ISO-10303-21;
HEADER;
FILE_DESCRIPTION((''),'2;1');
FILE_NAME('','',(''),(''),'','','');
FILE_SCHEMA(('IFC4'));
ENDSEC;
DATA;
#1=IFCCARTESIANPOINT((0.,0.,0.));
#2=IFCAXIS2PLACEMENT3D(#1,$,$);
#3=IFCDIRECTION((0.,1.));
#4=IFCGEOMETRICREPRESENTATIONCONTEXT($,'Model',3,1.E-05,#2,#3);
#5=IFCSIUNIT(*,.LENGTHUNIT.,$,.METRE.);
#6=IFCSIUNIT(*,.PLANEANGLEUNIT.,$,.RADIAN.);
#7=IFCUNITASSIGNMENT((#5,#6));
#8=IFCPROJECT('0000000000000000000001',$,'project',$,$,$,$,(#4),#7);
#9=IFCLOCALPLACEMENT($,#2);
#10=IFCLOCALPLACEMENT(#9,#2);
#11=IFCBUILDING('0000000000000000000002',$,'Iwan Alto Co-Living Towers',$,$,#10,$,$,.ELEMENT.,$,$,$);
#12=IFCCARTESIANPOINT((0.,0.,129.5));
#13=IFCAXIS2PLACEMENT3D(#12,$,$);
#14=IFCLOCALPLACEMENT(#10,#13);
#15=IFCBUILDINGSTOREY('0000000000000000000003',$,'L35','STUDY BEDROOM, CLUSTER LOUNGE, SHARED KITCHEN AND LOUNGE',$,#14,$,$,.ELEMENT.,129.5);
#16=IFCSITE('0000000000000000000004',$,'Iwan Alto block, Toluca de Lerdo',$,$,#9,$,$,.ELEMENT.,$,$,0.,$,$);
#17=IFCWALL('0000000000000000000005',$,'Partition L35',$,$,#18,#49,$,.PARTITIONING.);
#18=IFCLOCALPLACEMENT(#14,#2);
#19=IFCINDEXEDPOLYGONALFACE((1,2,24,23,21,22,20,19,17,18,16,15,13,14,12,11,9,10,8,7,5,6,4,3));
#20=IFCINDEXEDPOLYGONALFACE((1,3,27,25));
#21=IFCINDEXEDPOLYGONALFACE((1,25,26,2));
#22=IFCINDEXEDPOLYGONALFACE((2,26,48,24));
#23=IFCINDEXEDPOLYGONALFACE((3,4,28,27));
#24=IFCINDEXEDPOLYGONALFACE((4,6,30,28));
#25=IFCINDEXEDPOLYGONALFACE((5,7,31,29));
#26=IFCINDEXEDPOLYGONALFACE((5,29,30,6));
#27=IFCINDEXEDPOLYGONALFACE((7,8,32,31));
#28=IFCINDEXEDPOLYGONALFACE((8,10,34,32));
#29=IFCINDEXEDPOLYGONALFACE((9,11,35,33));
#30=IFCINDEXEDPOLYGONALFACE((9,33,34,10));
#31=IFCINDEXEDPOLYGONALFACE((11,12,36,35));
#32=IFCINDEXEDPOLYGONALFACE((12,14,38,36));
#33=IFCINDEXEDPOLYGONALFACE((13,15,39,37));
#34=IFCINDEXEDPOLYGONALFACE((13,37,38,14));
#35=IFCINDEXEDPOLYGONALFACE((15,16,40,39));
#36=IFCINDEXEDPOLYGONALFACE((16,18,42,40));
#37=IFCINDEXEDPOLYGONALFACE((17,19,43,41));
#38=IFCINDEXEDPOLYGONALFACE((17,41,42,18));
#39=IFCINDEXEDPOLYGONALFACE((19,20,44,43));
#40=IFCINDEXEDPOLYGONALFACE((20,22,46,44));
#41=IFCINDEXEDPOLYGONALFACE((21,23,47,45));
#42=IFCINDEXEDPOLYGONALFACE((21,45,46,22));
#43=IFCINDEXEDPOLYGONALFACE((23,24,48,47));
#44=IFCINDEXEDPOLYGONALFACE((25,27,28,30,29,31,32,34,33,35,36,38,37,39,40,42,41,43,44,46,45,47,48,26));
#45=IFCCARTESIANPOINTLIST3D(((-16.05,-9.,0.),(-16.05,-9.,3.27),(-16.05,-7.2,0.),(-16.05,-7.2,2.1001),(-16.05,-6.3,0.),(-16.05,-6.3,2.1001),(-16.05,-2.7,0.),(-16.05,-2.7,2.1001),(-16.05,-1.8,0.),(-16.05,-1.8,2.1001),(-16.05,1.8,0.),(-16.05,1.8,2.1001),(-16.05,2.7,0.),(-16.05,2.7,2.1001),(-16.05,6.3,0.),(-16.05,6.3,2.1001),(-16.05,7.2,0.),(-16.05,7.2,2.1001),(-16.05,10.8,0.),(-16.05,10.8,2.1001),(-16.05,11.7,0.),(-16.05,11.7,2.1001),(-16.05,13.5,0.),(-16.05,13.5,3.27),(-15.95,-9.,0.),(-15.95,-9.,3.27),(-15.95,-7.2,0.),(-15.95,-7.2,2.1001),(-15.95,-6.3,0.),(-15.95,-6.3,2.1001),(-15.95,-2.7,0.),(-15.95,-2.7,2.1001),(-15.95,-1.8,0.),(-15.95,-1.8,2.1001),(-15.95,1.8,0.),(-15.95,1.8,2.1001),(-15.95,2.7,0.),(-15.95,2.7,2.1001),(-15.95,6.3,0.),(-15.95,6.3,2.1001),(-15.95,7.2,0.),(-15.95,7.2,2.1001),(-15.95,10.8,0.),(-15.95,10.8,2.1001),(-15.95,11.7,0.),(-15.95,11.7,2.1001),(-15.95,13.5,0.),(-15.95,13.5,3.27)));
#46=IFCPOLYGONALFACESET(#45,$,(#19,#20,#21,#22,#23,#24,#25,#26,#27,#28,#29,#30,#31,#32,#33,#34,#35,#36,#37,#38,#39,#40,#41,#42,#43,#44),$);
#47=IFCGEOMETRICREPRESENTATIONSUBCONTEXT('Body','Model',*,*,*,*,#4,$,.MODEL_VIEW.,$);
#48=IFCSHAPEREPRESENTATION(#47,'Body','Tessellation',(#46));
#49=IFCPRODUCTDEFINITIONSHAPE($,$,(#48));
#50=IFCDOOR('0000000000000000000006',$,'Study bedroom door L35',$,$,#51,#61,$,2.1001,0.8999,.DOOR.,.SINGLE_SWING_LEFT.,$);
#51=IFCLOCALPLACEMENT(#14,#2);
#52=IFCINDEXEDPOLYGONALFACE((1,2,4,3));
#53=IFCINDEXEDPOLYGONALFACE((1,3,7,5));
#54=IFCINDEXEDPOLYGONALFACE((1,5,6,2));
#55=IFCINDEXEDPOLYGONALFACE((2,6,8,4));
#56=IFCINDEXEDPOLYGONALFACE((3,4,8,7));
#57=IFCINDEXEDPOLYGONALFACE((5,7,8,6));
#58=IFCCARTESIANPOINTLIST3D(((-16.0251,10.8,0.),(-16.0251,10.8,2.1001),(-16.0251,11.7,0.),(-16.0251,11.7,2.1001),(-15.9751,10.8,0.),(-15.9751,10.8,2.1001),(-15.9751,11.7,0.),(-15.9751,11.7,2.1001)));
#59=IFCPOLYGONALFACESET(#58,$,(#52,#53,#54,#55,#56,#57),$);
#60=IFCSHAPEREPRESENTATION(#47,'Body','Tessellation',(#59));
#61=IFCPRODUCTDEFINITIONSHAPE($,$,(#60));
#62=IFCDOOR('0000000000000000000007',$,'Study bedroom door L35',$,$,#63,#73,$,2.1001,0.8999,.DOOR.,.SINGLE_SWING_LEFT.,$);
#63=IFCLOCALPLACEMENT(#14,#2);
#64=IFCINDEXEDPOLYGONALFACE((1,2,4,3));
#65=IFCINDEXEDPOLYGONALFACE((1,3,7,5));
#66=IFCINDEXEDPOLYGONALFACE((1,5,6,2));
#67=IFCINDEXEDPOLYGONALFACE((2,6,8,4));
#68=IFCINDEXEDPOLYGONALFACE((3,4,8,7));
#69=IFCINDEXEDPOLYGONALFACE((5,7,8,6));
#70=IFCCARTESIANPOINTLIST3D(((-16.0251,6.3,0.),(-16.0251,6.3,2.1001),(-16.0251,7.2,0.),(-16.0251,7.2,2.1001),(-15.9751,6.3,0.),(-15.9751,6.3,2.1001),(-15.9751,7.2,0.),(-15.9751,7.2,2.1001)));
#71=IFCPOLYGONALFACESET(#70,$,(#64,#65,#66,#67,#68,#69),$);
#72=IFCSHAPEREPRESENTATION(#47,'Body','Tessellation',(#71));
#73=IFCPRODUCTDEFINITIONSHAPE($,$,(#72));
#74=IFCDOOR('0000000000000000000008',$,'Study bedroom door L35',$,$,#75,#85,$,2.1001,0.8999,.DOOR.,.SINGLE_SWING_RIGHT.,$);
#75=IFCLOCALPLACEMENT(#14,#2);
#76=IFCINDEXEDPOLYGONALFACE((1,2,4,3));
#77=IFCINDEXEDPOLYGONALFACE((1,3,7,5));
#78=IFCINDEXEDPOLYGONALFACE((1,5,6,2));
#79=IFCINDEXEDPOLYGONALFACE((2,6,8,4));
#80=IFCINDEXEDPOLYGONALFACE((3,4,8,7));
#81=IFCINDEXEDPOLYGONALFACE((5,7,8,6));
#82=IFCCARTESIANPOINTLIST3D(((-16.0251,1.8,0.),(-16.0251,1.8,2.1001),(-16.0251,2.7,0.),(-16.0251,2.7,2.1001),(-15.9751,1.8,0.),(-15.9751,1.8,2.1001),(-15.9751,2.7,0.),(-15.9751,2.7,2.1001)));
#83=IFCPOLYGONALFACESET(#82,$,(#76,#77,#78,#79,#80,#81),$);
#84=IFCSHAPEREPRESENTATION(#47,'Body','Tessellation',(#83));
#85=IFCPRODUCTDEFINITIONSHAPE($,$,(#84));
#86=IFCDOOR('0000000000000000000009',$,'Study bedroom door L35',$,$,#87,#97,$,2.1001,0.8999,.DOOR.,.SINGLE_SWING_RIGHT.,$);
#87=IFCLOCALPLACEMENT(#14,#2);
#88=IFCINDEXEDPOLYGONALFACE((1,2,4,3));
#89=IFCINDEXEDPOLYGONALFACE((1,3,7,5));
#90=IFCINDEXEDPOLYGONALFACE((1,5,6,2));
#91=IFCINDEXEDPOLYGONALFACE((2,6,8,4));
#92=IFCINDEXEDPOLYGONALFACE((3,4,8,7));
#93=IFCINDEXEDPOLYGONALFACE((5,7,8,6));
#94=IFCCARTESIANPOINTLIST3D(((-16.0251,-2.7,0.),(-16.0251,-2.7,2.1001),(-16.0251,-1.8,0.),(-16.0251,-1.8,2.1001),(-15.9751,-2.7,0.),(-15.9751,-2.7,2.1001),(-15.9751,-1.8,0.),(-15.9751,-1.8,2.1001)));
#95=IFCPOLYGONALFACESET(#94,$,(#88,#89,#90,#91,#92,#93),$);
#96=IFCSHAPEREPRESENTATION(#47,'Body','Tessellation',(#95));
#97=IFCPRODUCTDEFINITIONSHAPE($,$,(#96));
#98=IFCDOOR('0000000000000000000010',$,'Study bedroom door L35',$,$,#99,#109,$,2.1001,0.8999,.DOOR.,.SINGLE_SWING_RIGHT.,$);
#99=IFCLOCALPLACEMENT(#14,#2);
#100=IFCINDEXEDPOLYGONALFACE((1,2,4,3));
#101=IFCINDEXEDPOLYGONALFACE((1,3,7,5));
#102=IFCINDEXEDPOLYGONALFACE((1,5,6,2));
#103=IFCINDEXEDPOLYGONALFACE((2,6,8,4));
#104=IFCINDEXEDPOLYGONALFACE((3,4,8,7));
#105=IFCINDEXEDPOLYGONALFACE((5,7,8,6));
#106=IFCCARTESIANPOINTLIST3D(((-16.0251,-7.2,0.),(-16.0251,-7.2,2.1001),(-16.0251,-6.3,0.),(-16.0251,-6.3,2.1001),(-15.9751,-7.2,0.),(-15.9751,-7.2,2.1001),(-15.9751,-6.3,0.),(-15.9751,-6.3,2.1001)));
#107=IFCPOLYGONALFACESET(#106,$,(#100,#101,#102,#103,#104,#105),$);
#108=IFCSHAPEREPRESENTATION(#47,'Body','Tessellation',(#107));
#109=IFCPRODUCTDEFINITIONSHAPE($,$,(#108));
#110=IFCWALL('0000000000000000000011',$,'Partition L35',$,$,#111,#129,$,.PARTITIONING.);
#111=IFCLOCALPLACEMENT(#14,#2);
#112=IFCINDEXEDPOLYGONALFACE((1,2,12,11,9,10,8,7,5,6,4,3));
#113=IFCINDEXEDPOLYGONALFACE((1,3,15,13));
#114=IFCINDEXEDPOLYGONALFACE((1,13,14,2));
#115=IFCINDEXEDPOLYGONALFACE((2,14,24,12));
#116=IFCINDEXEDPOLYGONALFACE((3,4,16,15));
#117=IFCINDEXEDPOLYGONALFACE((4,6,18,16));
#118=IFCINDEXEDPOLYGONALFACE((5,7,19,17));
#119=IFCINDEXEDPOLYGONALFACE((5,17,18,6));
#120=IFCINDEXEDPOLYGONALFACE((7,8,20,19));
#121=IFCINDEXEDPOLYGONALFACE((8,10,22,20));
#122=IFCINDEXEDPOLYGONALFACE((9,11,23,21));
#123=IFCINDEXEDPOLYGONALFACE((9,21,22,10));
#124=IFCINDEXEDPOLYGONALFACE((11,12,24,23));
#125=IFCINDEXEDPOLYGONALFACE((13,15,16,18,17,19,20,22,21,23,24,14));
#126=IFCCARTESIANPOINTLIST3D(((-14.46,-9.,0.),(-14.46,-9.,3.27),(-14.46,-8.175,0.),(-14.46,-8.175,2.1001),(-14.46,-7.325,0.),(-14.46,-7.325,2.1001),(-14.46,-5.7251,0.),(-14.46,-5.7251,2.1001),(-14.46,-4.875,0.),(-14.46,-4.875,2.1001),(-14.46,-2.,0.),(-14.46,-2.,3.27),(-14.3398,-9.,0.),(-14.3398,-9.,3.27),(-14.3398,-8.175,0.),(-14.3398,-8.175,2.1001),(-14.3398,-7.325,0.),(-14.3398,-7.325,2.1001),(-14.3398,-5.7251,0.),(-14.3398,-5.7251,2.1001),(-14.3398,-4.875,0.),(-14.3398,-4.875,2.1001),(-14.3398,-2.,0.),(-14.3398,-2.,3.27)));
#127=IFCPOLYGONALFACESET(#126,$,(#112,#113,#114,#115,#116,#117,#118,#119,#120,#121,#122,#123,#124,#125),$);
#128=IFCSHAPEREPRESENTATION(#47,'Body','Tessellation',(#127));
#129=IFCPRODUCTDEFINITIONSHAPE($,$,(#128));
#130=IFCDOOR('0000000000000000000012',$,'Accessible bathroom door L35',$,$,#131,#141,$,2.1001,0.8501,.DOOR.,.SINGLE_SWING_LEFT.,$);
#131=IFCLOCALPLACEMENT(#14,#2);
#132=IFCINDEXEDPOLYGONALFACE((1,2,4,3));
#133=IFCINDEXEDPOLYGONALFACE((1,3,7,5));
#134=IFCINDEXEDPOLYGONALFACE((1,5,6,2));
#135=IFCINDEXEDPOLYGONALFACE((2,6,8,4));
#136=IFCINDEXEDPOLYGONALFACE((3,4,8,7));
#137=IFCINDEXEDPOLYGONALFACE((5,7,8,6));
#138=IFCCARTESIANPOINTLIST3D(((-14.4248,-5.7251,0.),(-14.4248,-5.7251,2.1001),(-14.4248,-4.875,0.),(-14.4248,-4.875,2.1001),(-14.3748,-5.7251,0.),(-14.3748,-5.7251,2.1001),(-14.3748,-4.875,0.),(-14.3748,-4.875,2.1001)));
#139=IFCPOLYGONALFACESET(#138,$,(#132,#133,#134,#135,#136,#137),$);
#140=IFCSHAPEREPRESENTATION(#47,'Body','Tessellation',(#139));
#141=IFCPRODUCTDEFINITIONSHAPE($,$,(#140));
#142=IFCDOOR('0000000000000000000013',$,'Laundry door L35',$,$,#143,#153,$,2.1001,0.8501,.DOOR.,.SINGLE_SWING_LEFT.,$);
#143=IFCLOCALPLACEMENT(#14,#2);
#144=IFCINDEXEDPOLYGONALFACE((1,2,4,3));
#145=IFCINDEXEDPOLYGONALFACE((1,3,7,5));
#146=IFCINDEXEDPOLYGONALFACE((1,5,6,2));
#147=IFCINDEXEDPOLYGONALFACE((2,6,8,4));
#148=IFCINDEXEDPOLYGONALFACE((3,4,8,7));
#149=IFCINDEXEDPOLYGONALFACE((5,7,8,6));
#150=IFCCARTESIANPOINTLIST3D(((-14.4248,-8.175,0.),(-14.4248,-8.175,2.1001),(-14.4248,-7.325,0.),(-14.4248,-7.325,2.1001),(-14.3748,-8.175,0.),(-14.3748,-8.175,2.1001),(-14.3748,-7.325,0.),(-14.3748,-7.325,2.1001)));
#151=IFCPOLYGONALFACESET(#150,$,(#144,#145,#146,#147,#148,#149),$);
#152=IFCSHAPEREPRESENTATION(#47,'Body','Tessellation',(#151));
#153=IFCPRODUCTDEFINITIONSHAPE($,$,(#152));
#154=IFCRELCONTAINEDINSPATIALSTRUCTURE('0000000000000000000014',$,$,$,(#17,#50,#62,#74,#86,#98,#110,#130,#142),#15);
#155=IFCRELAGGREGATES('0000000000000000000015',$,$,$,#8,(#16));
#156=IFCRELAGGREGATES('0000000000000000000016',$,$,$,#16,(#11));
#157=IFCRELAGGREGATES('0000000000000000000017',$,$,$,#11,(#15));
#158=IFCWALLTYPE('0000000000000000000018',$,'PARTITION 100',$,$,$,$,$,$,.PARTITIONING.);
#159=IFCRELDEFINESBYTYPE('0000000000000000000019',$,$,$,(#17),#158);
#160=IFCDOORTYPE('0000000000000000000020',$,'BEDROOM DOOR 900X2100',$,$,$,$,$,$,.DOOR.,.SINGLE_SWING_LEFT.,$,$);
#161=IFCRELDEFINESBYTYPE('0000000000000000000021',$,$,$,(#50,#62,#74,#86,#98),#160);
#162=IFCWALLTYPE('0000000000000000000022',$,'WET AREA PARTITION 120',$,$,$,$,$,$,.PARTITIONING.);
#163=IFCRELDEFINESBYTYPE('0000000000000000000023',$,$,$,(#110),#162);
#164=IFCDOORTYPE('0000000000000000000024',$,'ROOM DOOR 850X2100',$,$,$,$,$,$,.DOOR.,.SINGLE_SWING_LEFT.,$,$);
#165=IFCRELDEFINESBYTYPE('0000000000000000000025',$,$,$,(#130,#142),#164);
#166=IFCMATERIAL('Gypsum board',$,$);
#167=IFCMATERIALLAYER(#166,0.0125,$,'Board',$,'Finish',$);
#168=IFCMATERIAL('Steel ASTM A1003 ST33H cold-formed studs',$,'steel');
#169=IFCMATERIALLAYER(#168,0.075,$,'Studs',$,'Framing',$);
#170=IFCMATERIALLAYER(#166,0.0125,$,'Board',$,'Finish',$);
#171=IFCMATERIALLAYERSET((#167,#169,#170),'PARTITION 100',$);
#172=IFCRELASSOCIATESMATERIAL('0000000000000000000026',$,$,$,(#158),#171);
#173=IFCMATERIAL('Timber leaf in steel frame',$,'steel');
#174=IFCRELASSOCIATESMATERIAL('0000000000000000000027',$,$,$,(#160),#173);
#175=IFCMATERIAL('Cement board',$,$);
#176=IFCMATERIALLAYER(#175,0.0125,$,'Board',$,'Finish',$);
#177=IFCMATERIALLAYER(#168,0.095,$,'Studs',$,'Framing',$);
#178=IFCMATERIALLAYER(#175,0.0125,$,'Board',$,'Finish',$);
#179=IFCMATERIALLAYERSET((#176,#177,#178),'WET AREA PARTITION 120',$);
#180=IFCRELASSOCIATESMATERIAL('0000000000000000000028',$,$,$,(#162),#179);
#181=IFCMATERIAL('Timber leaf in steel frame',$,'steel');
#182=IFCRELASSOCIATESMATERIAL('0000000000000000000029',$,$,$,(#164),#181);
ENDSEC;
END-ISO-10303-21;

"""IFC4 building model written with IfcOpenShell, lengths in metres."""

from ifc_helpers import new_model, si_unit, direction, frame, frame_2d, origin, place, context, subcontext, project, spatial, rectangle, extrude, material, layer, layer_set, type_object, element, fill, save


model = new_model("IFC4")

# Units and contexts
model_context = context("Model", 3, precision=1e-05, world=origin(), true_north=direction((0.0, 1.0)))
body_context = subcontext(model_context, "Body", "Model", "MODEL_VIEW")
ifc_project = project(units=[si_unit("LENGTHUNIT", "METRE"), si_unit("PLANEANGLEUNIT", "RADIAN")], contexts=[model_context])

# Site, building, storey
site_placement = place(None, origin())
site = spatial("IfcSite", under=ifc_project, at=site_placement, Name="Iwan Alto block, Toluca de Lerdo", CompositionType="ELEMENT", RefElevation=0.0)
building_placement = place(site_placement, origin())
building = spatial("IfcBuilding", under=site, at=building_placement, Name="Iwan Alto Co-Living Towers", CompositionType="ELEMENT")
storey_placement = place(building_placement, frame((0.0, 0.0, 129.5)))
storey = spatial("IfcBuildingStorey", under=building, at=storey_placement, Name="L35", Description="STUDY BEDROOM, CLUSTER LOUNGE, SHARED KITCHEN AND LOUNGE", CompositionType="ELEMENT", Elevation=129.5)

# Shared definitions
ifc_material_1 = material(Name="Gypsum board")
ifc_material_2 = material(Name="Steel ASTM A1003 ST33H cold-formed studs", Category="steel")

# Walls, openings, doors
ifc_layer_1 = layer(ifc_material_1, 0.0125, Name="Board", Category="Finish")
ifc_layer_2 = layer(ifc_material_2, 0.075, Name="Studs", Category="Framing")
ifc_layer_3 = layer(ifc_material_1, 0.0125, Name="Board", Category="Finish")
ifc_layer_set_1 = layer_set([ifc_layer_1, ifc_layer_2, ifc_layer_3], Name="PARTITION 100")
wall_type_1 = type_object("IfcWallType", Name="PARTITION 100", PredefinedType="PARTITIONING", material=ifc_layer_set_1)
wall_1_placement = place(storey_placement, frame((-16.0, -9.0, 0.0), z_axis=(0.0, 0.0, 1.0), x_axis=(0.0, 1.0, 0.0)))
wall_1 = element("IfcWall", 1, at=wall_1_placement, inside=storey, type_object=wall_type_1, Name="Partition L35", PredefinedType="PARTITIONING", context=body_context, shape_type="SweptSolid", body=[
    extrude(rectangle(XDim=22.5, YDim=0.1001, at=frame_2d((11.25, 0.0))), origin(), (0.0, 0.0, 1.0), 3.27),
])
opening_1_placement = place(wall_1_placement, frame((19.8, 0.0, 0.0)))
opening_1 = element("IfcOpeningElement", 2, at=opening_1_placement, cuts=wall_1, PredefinedType="OPENING", context=body_context, shape_type="SweptSolid", body=[
    extrude(rectangle(XDim=0.8999, YDim=2.1001, at=frame_2d((0.45, 1.05))), frame((0.0, 0.0601, 0.0), z_axis=(0.0, -1.0, 0.0), x_axis=(1.0, 0.0, 0.0)), (0.0, 0.0, 1.0), 0.1201),
])
opening_2_placement = place(wall_1_placement, frame((15.3, 0.0, 0.0)))
opening_2 = element("IfcOpeningElement", 3, at=opening_2_placement, cuts=wall_1, PredefinedType="OPENING", context=body_context, shape_type="SweptSolid", body=[
    extrude(rectangle(XDim=0.8999, YDim=2.1001, at=frame_2d((0.45, 1.05))), frame((0.0, 0.0601, 0.0), z_axis=(0.0, -1.0, 0.0), x_axis=(1.0, 0.0, 0.0)), (0.0, 0.0, 1.0), 0.1201),
])
opening_3_placement = place(wall_1_placement, frame((10.8, 0.0, 0.0)))
opening_3 = element("IfcOpeningElement", 4, at=opening_3_placement, cuts=wall_1, PredefinedType="OPENING", context=body_context, shape_type="SweptSolid", body=[
    extrude(rectangle(XDim=0.8999, YDim=2.1001, at=frame_2d((0.45, 1.05))), frame((0.0, 0.0601, 0.0), z_axis=(0.0, -1.0, 0.0), x_axis=(1.0, 0.0, 0.0)), (0.0, 0.0, 1.0), 0.1201),
])
opening_4_placement = place(wall_1_placement, frame((6.3, 0.0, 0.0)))
opening_4 = element("IfcOpeningElement", 5, at=opening_4_placement, cuts=wall_1, PredefinedType="OPENING", context=body_context, shape_type="SweptSolid", body=[
    extrude(rectangle(XDim=0.8999, YDim=2.1001, at=frame_2d((0.45, 1.05))), frame((0.0, 0.0601, 0.0), z_axis=(0.0, -1.0, 0.0), x_axis=(1.0, 0.0, 0.0)), (0.0, 0.0, 1.0), 0.1201),
])
opening_5_placement = place(wall_1_placement, frame((1.8, 0.0, 0.0)))
opening_5 = element("IfcOpeningElement", 6, at=opening_5_placement, cuts=wall_1, PredefinedType="OPENING", context=body_context, shape_type="SweptSolid", body=[
    extrude(rectangle(XDim=0.8999, YDim=2.1001, at=frame_2d((0.45, 1.05))), frame((0.0, 0.0601, 0.0), z_axis=(0.0, -1.0, 0.0), x_axis=(1.0, 0.0, 0.0)), (0.0, 0.0, 1.0), 0.1201),
])
ifc_material_3 = material(Name="Timber leaf in steel frame", Category="steel")
door_type_1 = type_object("IfcDoorType", Name="BEDROOM DOOR 900X2100", OperationType="SINGLE_SWING_LEFT", PredefinedType="DOOR", material=ifc_material_3)
door_1_placement = place(opening_1_placement, frame((0.8999, 0.0, 0.0), z_axis=(0.0, 0.0, 1.0), x_axis=(-1.0, 0.0, 0.0)))
door_1 = element("IfcDoor", 7, at=door_1_placement, inside=storey, type_object=door_type_1, Name="Study bedroom door L35", OperationType="SINGLE_SWING_LEFT", OverallHeight=2.1001, OverallWidth=0.8999, PredefinedType="DOOR", context=body_context, shape_type="SweptSolid", body=[
    extrude(rectangle(XDim=0.8999, YDim=2.1001, at=frame_2d((0.45, 1.05))), frame((0.0, 0.0249, 0.0), z_axis=(0.0, -1.0, 0.0), x_axis=(1.0, 0.0, 0.0)), (0.0, 0.0, 1.0), 0.05),
])
fill(opening_1, door_1)
door_2_placement = place(opening_2_placement, frame((0.8999, 0.0, 0.0), z_axis=(0.0, 0.0, 1.0), x_axis=(-1.0, 0.0, 0.0)))
door_2 = element("IfcDoor", 8, at=door_2_placement, inside=storey, type_object=door_type_1, Name="Study bedroom door L35", OperationType="SINGLE_SWING_LEFT", OverallHeight=2.1001, OverallWidth=0.8999, PredefinedType="DOOR", context=body_context, shape_type="SweptSolid", body=[
    extrude(rectangle(XDim=0.8999, YDim=2.1001, at=frame_2d((0.45, 1.05))), frame((0.0, 0.0249, 0.0), z_axis=(0.0, -1.0, 0.0), x_axis=(1.0, 0.0, 0.0)), (0.0, 0.0, 1.0), 0.05),
])
fill(opening_2, door_2)
door_3_placement = place(opening_3_placement, frame((0.8999, 0.0, 0.0), z_axis=(0.0, 0.0, 1.0), x_axis=(-1.0, 0.0, 0.0)))
door_3 = element("IfcDoor", 9, at=door_3_placement, inside=storey, type_object=door_type_1, Name="Study bedroom door L35", OperationType="SINGLE_SWING_RIGHT", OverallHeight=2.1001, OverallWidth=0.8999, PredefinedType="DOOR", context=body_context, shape_type="SweptSolid", body=[
    extrude(rectangle(XDim=0.8999, YDim=2.1001, at=frame_2d((0.45, 1.05))), frame((0.0, 0.0249, 0.0), z_axis=(0.0, -1.0, 0.0), x_axis=(1.0, 0.0, 0.0)), (0.0, 0.0, 1.0), 0.05),
])
fill(opening_3, door_3)
door_4_placement = place(opening_4_placement, frame((0.8999, 0.0, 0.0), z_axis=(0.0, 0.0, 1.0), x_axis=(-1.0, 0.0, 0.0)))
door_4 = element("IfcDoor", 10, at=door_4_placement, inside=storey, type_object=door_type_1, Name="Study bedroom door L35", OperationType="SINGLE_SWING_RIGHT", OverallHeight=2.1001, OverallWidth=0.8999, PredefinedType="DOOR", context=body_context, shape_type="SweptSolid", body=[
    extrude(rectangle(XDim=0.8999, YDim=2.1001, at=frame_2d((0.45, 1.05))), frame((0.0, 0.0249, 0.0), z_axis=(0.0, -1.0, 0.0), x_axis=(1.0, 0.0, 0.0)), (0.0, 0.0, 1.0), 0.05),
])
fill(opening_4, door_4)
door_5_placement = place(opening_5_placement, frame((0.8999, 0.0, 0.0), z_axis=(0.0, 0.0, 1.0), x_axis=(-1.0, 0.0, 0.0)))
door_5 = element("IfcDoor", 11, at=door_5_placement, inside=storey, type_object=door_type_1, Name="Study bedroom door L35", OperationType="SINGLE_SWING_RIGHT", OverallHeight=2.1001, OverallWidth=0.8999, PredefinedType="DOOR", context=body_context, shape_type="SweptSolid", body=[
    extrude(rectangle(XDim=0.8999, YDim=2.1001, at=frame_2d((0.45, 1.05))), frame((0.0, 0.0249, 0.0), z_axis=(0.0, -1.0, 0.0), x_axis=(1.0, 0.0, 0.0)), (0.0, 0.0, 1.0), 0.05),
])
fill(opening_5, door_5)
ifc_material_4 = material(Name="Cement board")
ifc_layer_4 = layer(ifc_material_4, 0.0125, Name="Board", Category="Finish")
ifc_layer_5 = layer(ifc_material_2, 0.095, Name="Studs", Category="Framing")
ifc_layer_6 = layer(ifc_material_4, 0.0125, Name="Board", Category="Finish")
ifc_layer_set_2 = layer_set([ifc_layer_4, ifc_layer_5, ifc_layer_6], Name="WET AREA PARTITION 120")
wall_type_2 = type_object("IfcWallType", Name="WET AREA PARTITION 120", PredefinedType="PARTITIONING", material=ifc_layer_set_2)
wall_2_placement = place(storey_placement, frame((-14.3999, -9.0, 0.0), z_axis=(0.0, 0.0, 1.0), x_axis=(0.0, 1.0, 0.0)))
wall_2 = element("IfcWall", 12, at=wall_2_placement, inside=storey, type_object=wall_type_2, Name="Partition L35", PredefinedType="PARTITIONING", context=body_context, shape_type="SweptSolid", body=[
    extrude(rectangle(XDim=7.0, YDim=0.1201, at=frame_2d((3.5, 0.0))), origin(), (0.0, 0.0, 1.0), 3.27),
])
opening_6_placement = place(wall_2_placement, frame((3.2749, 0.0, 0.0)))
opening_6 = element("IfcOpeningElement", 13, at=opening_6_placement, cuts=wall_2, PredefinedType="OPENING", context=body_context, shape_type="SweptSolid", body=[
    extrude(rectangle(XDim=0.8501, YDim=2.1001, at=frame_2d((0.425, 1.05))), frame((0.0, 0.0701, 0.0), z_axis=(0.0, -1.0, 0.0), x_axis=(1.0, 0.0, 0.0)), (0.0, 0.0, 1.0), 0.1401),
])
opening_7_placement = place(wall_2_placement, frame((0.825, 0.0, 0.0)))
opening_7 = element("IfcOpeningElement", 14, at=opening_7_placement, cuts=wall_2, PredefinedType="OPENING", context=body_context, shape_type="SweptSolid", body=[
    extrude(rectangle(XDim=0.8501, YDim=2.1001, at=frame_2d((0.425, 1.05))), frame((0.0, 0.0701, 0.0), z_axis=(0.0, -1.0, 0.0), x_axis=(1.0, 0.0, 0.0)), (0.0, 0.0, 1.0), 0.1401),
])
ifc_material_5 = material(Name="Timber leaf in steel frame", Category="steel")
door_type_2 = type_object("IfcDoorType", Name="ROOM DOOR 850X2100", OperationType="SINGLE_SWING_LEFT", PredefinedType="DOOR", material=ifc_material_5)
door_6_placement = place(opening_6_placement, origin())
door_6 = element("IfcDoor", 15, at=door_6_placement, inside=storey, type_object=door_type_2, Name="Accessible bathroom door L35", OperationType="SINGLE_SWING_LEFT", OverallHeight=2.1001, OverallWidth=0.8501, PredefinedType="DOOR", context=body_context, shape_type="SweptSolid", body=[
    extrude(rectangle(XDim=0.8501, YDim=2.1001, at=frame_2d((0.425, 1.05))), frame((0.0, 0.0249, 0.0), z_axis=(0.0, -1.0, 0.0), x_axis=(1.0, 0.0, 0.0)), (0.0, 0.0, 1.0), 0.05),
])
fill(opening_6, door_6)
door_7_placement = place(opening_7_placement, origin())
door_7 = element("IfcDoor", 16, at=door_7_placement, inside=storey, type_object=door_type_2, Name="Laundry door L35", OperationType="SINGLE_SWING_LEFT", OverallHeight=2.1001, OverallWidth=0.8501, PredefinedType="DOOR", context=body_context, shape_type="SweptSolid", body=[
    extrude(rectangle(XDim=0.8501, YDim=2.1001, at=frame_2d((0.425, 1.05))), frame((0.0, 0.0249, 0.0), z_axis=(0.0, -1.0, 0.0), x_axis=(1.0, 0.0, 0.0)), (0.0, 0.0, 1.0), 0.05),
])
fill(opening_7, door_7)

save(model, "model.ifc")
